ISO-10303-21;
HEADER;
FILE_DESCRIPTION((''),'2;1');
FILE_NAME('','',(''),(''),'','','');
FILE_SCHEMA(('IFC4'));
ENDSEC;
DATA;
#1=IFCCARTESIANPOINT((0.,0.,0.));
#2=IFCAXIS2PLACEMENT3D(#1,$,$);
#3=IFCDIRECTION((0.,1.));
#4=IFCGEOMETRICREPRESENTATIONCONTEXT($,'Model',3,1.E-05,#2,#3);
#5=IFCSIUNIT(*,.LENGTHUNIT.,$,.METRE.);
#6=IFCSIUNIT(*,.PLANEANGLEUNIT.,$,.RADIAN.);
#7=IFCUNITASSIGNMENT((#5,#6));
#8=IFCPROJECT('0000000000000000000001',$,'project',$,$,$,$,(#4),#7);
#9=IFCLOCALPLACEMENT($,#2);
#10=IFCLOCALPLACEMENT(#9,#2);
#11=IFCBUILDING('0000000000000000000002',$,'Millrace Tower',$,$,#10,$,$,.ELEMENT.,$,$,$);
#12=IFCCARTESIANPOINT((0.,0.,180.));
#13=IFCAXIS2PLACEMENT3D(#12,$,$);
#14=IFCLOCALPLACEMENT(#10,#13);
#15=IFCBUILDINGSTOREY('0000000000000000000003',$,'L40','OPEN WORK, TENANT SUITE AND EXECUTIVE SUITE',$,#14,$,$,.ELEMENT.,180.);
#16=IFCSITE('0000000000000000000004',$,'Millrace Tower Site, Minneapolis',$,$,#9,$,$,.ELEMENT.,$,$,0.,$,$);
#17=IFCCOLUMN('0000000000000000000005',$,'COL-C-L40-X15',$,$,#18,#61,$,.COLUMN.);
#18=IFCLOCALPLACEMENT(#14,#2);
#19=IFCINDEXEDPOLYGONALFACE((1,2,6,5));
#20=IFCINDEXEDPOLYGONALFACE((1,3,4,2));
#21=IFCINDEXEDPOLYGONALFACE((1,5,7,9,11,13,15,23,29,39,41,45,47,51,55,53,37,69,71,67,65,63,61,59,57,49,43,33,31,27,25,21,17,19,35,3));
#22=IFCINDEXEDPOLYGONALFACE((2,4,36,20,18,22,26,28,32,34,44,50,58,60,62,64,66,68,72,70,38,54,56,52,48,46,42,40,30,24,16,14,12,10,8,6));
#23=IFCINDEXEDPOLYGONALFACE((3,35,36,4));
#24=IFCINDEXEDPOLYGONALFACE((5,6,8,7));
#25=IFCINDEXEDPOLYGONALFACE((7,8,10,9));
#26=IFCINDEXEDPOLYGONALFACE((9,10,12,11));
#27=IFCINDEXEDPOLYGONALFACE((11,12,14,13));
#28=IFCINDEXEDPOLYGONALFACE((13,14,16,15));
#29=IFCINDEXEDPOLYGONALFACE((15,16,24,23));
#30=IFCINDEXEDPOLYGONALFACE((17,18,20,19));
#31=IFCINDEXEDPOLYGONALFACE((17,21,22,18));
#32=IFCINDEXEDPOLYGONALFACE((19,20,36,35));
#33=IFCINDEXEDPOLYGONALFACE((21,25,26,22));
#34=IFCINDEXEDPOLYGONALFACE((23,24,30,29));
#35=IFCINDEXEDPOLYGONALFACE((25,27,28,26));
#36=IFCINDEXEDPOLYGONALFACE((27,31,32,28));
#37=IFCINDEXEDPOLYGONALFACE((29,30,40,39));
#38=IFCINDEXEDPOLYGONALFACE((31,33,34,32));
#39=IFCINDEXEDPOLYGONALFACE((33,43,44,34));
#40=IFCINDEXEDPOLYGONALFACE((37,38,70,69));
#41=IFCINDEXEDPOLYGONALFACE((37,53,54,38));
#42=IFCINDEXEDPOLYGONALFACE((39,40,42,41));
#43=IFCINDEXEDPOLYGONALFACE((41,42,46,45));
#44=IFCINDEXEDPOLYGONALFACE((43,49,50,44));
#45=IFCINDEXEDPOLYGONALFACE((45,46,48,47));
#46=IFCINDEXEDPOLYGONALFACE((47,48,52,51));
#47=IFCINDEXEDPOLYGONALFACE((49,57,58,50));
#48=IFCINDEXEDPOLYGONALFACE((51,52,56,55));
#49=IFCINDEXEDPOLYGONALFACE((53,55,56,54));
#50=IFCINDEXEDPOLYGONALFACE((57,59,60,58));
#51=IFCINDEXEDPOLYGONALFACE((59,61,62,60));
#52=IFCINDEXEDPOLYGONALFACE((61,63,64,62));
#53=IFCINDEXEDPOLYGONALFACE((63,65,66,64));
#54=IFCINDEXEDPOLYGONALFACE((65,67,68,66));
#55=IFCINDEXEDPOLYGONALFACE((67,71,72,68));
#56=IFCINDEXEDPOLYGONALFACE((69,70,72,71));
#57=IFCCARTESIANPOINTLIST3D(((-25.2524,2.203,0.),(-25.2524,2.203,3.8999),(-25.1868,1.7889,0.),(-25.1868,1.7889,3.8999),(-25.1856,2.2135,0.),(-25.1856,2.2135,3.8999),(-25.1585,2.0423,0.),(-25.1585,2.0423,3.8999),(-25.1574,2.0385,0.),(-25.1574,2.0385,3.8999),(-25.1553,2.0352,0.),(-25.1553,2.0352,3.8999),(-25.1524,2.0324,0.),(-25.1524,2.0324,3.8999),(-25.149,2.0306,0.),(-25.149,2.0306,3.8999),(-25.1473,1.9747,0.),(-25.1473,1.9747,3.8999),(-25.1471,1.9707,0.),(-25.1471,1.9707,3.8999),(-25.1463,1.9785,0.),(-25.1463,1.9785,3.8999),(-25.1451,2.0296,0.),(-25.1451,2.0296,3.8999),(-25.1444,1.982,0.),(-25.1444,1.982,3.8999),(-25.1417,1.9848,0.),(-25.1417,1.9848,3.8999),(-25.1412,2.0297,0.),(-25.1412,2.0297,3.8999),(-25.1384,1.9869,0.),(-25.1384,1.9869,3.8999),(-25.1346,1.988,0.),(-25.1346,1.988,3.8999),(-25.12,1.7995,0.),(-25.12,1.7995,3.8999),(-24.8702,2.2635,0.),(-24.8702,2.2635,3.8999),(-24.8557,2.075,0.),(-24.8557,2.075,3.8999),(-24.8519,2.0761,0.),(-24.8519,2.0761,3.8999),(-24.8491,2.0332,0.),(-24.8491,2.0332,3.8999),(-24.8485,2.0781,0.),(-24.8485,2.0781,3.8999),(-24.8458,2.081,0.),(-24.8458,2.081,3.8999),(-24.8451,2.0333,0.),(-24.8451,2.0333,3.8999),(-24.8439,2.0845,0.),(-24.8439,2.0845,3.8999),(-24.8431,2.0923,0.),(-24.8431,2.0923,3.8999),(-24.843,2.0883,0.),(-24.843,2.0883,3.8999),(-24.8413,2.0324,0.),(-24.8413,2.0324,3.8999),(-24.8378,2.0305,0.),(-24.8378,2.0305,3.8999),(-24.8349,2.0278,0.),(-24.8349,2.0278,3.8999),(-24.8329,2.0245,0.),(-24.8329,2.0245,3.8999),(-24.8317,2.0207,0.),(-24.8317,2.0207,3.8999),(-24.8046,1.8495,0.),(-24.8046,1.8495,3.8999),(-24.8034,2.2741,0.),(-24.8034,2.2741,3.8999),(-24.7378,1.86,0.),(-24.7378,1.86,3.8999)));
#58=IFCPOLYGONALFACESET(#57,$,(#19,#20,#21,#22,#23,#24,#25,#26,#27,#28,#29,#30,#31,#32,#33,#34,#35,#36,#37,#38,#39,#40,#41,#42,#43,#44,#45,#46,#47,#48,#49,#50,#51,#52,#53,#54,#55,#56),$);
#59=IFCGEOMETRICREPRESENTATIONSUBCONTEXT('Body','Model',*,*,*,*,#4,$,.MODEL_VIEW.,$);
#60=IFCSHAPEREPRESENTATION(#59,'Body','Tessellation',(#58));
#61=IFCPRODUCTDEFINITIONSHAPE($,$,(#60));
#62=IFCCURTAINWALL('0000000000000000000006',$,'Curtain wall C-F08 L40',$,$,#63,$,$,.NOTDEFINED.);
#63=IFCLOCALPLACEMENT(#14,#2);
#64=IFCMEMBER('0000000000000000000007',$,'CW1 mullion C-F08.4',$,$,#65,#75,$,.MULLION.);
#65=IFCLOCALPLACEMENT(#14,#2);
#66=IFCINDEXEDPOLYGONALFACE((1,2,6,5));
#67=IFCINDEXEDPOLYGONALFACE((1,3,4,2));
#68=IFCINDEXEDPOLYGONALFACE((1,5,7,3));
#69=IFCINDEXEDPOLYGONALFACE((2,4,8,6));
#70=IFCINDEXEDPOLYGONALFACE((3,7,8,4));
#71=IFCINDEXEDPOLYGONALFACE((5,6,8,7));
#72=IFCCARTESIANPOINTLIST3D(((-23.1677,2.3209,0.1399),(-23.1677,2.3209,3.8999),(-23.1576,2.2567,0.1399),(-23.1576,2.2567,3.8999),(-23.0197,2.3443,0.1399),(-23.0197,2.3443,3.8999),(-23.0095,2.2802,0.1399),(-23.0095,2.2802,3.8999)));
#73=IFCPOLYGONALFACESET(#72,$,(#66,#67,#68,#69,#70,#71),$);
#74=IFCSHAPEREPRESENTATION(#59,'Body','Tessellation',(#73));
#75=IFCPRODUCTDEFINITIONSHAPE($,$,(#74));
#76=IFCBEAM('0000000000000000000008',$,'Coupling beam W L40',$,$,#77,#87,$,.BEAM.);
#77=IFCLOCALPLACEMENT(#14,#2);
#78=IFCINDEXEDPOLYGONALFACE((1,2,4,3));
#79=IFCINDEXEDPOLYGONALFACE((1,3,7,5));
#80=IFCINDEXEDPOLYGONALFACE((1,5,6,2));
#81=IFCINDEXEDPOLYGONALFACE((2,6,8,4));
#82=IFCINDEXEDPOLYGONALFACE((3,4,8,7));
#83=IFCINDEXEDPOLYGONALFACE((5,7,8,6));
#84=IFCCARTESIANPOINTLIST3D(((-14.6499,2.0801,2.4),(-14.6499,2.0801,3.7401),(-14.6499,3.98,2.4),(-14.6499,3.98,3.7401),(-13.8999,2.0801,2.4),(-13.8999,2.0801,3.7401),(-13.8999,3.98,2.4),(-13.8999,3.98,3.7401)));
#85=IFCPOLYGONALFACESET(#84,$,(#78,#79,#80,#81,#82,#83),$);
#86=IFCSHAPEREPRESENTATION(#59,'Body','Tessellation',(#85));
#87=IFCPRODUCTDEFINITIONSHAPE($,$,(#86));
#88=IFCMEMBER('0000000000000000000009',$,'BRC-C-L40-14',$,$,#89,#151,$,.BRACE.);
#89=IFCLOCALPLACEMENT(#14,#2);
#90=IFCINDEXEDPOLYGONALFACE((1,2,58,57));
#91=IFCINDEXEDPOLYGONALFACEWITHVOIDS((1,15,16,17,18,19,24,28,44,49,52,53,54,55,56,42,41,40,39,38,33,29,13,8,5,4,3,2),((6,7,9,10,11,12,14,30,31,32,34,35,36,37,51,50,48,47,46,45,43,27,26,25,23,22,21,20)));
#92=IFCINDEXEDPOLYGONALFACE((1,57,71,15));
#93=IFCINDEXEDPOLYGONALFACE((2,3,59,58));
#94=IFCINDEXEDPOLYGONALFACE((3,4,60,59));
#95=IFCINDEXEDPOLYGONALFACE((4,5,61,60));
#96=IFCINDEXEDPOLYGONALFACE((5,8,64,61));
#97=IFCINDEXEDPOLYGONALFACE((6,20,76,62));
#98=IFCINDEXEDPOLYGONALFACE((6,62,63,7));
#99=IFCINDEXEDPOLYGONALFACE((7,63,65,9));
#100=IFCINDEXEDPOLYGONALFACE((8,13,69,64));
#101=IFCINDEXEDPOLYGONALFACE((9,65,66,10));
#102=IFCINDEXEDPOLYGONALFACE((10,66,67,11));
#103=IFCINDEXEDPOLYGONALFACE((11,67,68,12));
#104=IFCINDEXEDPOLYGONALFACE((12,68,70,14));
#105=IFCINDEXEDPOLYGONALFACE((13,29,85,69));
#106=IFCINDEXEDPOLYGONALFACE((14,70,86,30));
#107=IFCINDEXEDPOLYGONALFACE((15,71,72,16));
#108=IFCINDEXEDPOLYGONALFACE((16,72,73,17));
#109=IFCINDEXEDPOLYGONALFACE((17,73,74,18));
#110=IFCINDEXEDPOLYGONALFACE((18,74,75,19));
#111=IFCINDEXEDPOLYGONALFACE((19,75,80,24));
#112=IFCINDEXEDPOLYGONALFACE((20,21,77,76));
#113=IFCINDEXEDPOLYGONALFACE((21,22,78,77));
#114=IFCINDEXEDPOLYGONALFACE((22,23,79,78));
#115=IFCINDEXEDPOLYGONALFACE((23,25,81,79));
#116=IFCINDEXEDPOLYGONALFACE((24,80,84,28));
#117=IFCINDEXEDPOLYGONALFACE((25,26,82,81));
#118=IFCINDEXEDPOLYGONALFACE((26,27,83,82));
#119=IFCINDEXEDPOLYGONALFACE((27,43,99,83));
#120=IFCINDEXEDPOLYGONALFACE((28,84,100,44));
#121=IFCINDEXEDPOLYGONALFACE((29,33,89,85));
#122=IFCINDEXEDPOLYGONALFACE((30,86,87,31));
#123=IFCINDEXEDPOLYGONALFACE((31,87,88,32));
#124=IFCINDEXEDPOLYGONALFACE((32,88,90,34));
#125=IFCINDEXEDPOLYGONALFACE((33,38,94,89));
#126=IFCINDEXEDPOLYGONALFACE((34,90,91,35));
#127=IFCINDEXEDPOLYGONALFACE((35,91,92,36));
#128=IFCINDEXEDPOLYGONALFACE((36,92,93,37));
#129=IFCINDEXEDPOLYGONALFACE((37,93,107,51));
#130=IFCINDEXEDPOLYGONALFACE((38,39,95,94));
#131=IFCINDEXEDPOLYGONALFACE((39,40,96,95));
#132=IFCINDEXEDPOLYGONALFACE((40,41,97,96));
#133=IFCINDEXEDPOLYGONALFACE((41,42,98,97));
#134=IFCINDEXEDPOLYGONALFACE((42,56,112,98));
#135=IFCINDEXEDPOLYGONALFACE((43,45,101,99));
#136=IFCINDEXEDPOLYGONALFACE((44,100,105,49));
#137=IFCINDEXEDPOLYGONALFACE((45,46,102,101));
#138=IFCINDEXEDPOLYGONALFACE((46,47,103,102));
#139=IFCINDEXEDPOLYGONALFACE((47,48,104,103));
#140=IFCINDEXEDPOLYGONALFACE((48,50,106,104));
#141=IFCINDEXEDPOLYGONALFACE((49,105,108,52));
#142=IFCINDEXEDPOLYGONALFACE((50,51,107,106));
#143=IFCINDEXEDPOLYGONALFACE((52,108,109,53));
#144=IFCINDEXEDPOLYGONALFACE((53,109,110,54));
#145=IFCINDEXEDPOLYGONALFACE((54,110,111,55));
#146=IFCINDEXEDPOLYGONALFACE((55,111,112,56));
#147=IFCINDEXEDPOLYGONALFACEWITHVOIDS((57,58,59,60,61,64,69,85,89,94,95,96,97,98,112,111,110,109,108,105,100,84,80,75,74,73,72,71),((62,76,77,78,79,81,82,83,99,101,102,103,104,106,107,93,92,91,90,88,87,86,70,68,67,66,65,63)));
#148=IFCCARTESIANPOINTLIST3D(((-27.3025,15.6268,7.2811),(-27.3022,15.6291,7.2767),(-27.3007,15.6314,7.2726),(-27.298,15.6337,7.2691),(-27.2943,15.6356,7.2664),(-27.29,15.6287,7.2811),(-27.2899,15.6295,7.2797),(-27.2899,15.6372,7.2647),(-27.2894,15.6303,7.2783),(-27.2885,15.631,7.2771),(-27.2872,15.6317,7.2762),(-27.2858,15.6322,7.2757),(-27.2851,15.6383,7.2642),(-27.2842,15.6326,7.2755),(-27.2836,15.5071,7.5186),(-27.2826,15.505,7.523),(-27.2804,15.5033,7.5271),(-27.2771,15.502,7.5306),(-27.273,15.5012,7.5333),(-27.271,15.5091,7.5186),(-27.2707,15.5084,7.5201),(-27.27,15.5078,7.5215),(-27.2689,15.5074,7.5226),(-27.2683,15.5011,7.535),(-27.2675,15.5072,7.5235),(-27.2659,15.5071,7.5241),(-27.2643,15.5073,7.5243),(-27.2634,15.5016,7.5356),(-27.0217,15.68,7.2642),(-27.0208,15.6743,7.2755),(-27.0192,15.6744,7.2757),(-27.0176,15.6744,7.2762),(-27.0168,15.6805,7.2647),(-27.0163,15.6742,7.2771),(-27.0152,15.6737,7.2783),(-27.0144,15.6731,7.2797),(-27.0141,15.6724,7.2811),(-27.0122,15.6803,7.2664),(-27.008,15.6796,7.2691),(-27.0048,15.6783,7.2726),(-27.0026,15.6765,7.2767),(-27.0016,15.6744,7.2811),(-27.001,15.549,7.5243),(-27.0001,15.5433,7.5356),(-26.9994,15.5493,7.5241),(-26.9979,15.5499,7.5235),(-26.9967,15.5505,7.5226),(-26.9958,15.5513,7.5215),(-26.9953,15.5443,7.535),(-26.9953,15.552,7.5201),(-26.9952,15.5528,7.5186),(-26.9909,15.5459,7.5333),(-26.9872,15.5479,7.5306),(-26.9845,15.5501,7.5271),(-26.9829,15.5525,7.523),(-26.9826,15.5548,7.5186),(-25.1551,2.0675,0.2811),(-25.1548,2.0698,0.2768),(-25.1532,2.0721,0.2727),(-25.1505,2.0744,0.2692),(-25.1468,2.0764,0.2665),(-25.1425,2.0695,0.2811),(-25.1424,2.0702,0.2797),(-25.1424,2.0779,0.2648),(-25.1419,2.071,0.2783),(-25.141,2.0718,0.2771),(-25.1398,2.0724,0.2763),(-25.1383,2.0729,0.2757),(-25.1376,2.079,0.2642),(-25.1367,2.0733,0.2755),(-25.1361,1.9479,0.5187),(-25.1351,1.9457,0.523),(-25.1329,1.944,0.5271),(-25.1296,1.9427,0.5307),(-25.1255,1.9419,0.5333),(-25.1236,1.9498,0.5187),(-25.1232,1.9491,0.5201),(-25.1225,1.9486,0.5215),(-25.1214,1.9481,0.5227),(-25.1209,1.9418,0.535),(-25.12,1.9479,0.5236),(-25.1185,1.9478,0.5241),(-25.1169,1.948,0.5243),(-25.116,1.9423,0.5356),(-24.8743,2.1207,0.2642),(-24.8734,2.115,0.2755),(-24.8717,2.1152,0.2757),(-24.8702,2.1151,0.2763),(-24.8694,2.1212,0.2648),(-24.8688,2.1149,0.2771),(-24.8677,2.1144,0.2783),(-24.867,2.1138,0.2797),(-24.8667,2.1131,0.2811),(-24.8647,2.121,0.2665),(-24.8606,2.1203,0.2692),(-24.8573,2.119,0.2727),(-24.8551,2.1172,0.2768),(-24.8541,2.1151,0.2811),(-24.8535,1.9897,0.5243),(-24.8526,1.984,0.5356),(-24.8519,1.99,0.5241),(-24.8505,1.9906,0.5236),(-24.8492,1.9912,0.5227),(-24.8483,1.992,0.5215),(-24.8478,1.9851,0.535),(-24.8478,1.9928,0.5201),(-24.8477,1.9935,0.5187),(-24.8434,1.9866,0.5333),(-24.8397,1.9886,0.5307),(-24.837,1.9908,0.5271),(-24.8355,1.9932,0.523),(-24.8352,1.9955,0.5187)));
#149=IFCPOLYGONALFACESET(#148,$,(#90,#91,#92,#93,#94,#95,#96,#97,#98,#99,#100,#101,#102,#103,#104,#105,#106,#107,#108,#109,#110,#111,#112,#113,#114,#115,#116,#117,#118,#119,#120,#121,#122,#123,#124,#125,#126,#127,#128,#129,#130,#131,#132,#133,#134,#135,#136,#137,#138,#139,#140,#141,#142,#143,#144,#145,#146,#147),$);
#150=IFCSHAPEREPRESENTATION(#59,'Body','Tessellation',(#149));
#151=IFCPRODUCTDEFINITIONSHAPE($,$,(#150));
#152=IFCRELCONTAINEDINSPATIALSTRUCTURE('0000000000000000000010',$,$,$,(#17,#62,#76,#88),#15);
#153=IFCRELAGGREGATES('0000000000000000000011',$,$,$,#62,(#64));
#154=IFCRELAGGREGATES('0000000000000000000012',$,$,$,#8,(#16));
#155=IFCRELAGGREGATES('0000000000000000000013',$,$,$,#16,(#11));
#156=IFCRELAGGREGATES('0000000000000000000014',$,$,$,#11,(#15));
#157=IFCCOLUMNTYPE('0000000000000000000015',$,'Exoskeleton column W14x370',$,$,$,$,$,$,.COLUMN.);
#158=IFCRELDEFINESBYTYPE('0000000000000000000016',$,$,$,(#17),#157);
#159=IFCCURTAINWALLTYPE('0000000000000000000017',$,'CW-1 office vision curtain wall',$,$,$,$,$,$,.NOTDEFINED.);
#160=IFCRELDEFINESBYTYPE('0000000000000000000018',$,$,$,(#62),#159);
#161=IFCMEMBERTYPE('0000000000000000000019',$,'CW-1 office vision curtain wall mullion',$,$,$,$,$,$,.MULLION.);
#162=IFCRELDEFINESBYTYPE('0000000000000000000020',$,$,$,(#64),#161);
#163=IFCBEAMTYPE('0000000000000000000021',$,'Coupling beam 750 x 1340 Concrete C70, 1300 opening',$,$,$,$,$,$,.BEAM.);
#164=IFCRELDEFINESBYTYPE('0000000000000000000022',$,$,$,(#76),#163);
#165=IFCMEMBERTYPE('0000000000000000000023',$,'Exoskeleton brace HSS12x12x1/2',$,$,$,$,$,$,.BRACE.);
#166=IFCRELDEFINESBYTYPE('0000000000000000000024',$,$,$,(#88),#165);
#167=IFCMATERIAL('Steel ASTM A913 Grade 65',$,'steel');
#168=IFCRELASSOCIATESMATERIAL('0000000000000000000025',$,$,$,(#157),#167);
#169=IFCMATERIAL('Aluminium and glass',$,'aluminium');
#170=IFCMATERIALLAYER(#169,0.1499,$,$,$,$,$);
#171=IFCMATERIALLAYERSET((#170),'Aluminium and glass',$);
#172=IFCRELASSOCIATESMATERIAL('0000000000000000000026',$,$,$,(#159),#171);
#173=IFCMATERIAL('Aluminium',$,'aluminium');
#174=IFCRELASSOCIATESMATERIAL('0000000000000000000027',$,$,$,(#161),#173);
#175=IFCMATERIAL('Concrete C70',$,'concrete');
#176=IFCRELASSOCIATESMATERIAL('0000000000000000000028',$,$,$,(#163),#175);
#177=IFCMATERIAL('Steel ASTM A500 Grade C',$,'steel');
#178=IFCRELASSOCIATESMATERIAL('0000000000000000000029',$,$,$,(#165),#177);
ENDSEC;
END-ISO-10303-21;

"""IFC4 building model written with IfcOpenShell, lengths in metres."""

from ifc_helpers import new_model, si_unit, direction, frame, origin, origin_2d, place, context, subcontext, project, spatial, rectangle, hollow_rectangle, i_section, extrude, material, layer, layer_set, material_profile, profile_set, type_object, element, aggregate, save


model = new_model("IFC4")

# Units and contexts
model_context = context("Model", 3, precision=1e-05, world=origin(), true_north=direction((0.0, 1.0)))
body_context = subcontext(model_context, "Body", "Model", "MODEL_VIEW")
ifc_project = project(units=[si_unit("LENGTHUNIT", "METRE"), si_unit("PLANEANGLEUNIT", "RADIAN")], contexts=[model_context])

# Site, building, storey
site_placement = place(None, origin())
site = spatial("IfcSite", under=ifc_project, at=site_placement, Name="Millrace Tower Site, Minneapolis", CompositionType="ELEMENT", RefElevation=0.0)
building_placement = place(site_placement, origin())
building = spatial("IfcBuilding", under=site, at=building_placement, Name="Millrace Tower", CompositionType="ELEMENT")
storey_placement = place(building_placement, frame((0.0, 0.0, 180.0)))
storey = spatial("IfcBuildingStorey", under=building, at=storey_placement, Name="L40", Description="OPEN WORK, TENANT SUITE AND EXECUTIVE SUITE", CompositionType="ELEMENT", Elevation=180.0)

# Column
ifc_material_1 = material(Name="Steel ASTM A913 Grade 65", Category="steel")
ifc_material_profile_1 = material_profile(ifc_material_1, i_section(OverallWidth=0.4192, OverallDepth=0.4546, WebThickness=0.0422, FlangeThickness=0.0676, FilletRadius=0.0151, at=origin_2d()))
ifc_profile_set_1 = profile_set([ifc_material_profile_1], Name="Steel ASTM A913 Grade 65")
column_type = type_object("IfcColumnType", Name="Exoskeleton column W14x370", PredefinedType="COLUMN", material=ifc_profile_set_1)
column_placement = place(storey_placement, frame((-24.9951, 2.0315, 0.0), z_axis=(0.0, 0.0, 1.0), x_axis=(0.156434, -0.987688, 0.0)))
element("IfcColumn", 1, at=column_placement, inside=storey, type_object=column_type, Name="COL-C-L40-X15", PredefinedType="COLUMN", context=body_context, shape_type="SweptSolid", body=[
    extrude(i_section(OverallWidth=0.4192, OverallDepth=0.4546, WebThickness=0.0422, FlangeThickness=0.0676, FilletRadius=0.0151, at=origin_2d()), origin(), (0.0, 0.0, 1.0), 3.8999),
])

# Curtain wall, member
ifc_material_2 = material(Name="Aluminium and glass", Category="aluminium")
ifc_layer_1 = layer(ifc_material_2, 0.1499)
ifc_layer_set_1 = layer_set([ifc_layer_1], Name="Aluminium and glass")
curtain_wall_type = type_object("IfcCurtainWallType", Name="CW-1 office vision curtain wall", PredefinedType="NOTDEFINED", material=ifc_layer_set_1)
curtain_wall_placement = place(storey_placement, origin())
curtain_wall = element("IfcCurtainWall", 2, at=curtain_wall_placement, inside=storey, type_object=curtain_wall_type, Name="Curtain wall C-F08 L40", PredefinedType="NOTDEFINED")
ifc_material_3 = material(Name="Aluminium", Category="aluminium")
ifc_material_profile_2 = material_profile(ifc_material_3, rectangle(XDim=0.0649, YDim=0.1499, at=origin_2d()))
ifc_profile_set_2 = profile_set([ifc_material_profile_2], Name="Aluminium")
member_type_1 = type_object("IfcMemberType", Name="CW-1 office vision curtain wall mullion", PredefinedType="MULLION", material=ifc_profile_set_2)
member_1_placement = place(storey_placement, frame((-23.0886, 2.3005, 0.1399), z_axis=(0.0, 0.0, 1.0), x_axis=(0.156434, -0.987688, 0.0)))
member_1 = element("IfcMember", 3, at=member_1_placement, type_object=member_type_1, Name="CW1 mullion C-F08.4", PredefinedType="MULLION", context=body_context, shape_type="SweptSolid", body=[
    extrude(rectangle(XDim=0.0649, YDim=0.1499, at=origin_2d()), origin(), (0.0, 0.0, 1.0), 3.76),
])
aggregate(curtain_wall, [member_1])

# Beam
ifc_material_4 = material(Name="Concrete C70", Category="concrete")
ifc_material_profile_3 = material_profile(ifc_material_4, rectangle(XDim=0.75, YDim=1.3401, at=origin_2d()))
ifc_profile_set_3 = profile_set([ifc_material_profile_3], Name="Concrete C70")
beam_type_1 = type_object("IfcBeamType", Name="Coupling beam 750 x 1340 Concrete C70, 1300 opening", PredefinedType="BEAM", material=ifc_profile_set_3)
beam_1_placement = place(storey_placement, frame((-14.2749, 2.0801, 3.0701), z_axis=(0.0, 1.0, 0.0), x_axis=(-1.0, 0.0, 0.0)))
element("IfcBeam", 4, at=beam_1_placement, inside=storey, type_object=beam_type_1, Name="Coupling beam W L40", PredefinedType="BEAM", context=body_context, shape_type="SweptSolid", body=[
    extrude(rectangle(XDim=0.75, YDim=1.3401, at=origin_2d()), origin(), (0.0, 0.0, 1.0), 1.8999),
])

# Member
ifc_material_5 = material(Name="Steel ASTM A500 Grade C", Category="steel")
ifc_material_profile_4 = material_profile(ifc_material_5, hollow_rectangle(XDim=0.3047, YDim=0.3047, WallThickness=0.0127, InnerFilletRadius=0.0063, OuterFilletRadius=0.019, at=origin_2d()))
ifc_profile_set_4 = profile_set([ifc_material_profile_4], Name="Steel ASTM A500 Grade C")
member_type_2 = type_object("IfcMemberType", Name="Exoskeleton brace HSS12x12x1/2", PredefinedType="BRACE", material=ifc_profile_set_4)
member_2_placement = place(storey_placement, frame((-24.9951, 2.0315, 0.3999), z_axis=(-0.139355, 0.879907, 0.454252), x_axis=(-0.98769, -0.156426, 0.0)))
element("IfcMember", 5, at=member_2_placement, inside=storey, type_object=member_type_2, Name="BRC-C-L40-14", PredefinedType="BRACE", context=body_context, shape_type="SweptSolid", body=[
    extrude(hollow_rectangle(XDim=0.3047, YDim=0.3047, WallThickness=0.0127, InnerFilletRadius=0.0063, OuterFilletRadius=0.019, at=origin_2d()), origin(), (0.0, 0.0, 1.0), 15.4099),
])

save(model, "model.ifc")
